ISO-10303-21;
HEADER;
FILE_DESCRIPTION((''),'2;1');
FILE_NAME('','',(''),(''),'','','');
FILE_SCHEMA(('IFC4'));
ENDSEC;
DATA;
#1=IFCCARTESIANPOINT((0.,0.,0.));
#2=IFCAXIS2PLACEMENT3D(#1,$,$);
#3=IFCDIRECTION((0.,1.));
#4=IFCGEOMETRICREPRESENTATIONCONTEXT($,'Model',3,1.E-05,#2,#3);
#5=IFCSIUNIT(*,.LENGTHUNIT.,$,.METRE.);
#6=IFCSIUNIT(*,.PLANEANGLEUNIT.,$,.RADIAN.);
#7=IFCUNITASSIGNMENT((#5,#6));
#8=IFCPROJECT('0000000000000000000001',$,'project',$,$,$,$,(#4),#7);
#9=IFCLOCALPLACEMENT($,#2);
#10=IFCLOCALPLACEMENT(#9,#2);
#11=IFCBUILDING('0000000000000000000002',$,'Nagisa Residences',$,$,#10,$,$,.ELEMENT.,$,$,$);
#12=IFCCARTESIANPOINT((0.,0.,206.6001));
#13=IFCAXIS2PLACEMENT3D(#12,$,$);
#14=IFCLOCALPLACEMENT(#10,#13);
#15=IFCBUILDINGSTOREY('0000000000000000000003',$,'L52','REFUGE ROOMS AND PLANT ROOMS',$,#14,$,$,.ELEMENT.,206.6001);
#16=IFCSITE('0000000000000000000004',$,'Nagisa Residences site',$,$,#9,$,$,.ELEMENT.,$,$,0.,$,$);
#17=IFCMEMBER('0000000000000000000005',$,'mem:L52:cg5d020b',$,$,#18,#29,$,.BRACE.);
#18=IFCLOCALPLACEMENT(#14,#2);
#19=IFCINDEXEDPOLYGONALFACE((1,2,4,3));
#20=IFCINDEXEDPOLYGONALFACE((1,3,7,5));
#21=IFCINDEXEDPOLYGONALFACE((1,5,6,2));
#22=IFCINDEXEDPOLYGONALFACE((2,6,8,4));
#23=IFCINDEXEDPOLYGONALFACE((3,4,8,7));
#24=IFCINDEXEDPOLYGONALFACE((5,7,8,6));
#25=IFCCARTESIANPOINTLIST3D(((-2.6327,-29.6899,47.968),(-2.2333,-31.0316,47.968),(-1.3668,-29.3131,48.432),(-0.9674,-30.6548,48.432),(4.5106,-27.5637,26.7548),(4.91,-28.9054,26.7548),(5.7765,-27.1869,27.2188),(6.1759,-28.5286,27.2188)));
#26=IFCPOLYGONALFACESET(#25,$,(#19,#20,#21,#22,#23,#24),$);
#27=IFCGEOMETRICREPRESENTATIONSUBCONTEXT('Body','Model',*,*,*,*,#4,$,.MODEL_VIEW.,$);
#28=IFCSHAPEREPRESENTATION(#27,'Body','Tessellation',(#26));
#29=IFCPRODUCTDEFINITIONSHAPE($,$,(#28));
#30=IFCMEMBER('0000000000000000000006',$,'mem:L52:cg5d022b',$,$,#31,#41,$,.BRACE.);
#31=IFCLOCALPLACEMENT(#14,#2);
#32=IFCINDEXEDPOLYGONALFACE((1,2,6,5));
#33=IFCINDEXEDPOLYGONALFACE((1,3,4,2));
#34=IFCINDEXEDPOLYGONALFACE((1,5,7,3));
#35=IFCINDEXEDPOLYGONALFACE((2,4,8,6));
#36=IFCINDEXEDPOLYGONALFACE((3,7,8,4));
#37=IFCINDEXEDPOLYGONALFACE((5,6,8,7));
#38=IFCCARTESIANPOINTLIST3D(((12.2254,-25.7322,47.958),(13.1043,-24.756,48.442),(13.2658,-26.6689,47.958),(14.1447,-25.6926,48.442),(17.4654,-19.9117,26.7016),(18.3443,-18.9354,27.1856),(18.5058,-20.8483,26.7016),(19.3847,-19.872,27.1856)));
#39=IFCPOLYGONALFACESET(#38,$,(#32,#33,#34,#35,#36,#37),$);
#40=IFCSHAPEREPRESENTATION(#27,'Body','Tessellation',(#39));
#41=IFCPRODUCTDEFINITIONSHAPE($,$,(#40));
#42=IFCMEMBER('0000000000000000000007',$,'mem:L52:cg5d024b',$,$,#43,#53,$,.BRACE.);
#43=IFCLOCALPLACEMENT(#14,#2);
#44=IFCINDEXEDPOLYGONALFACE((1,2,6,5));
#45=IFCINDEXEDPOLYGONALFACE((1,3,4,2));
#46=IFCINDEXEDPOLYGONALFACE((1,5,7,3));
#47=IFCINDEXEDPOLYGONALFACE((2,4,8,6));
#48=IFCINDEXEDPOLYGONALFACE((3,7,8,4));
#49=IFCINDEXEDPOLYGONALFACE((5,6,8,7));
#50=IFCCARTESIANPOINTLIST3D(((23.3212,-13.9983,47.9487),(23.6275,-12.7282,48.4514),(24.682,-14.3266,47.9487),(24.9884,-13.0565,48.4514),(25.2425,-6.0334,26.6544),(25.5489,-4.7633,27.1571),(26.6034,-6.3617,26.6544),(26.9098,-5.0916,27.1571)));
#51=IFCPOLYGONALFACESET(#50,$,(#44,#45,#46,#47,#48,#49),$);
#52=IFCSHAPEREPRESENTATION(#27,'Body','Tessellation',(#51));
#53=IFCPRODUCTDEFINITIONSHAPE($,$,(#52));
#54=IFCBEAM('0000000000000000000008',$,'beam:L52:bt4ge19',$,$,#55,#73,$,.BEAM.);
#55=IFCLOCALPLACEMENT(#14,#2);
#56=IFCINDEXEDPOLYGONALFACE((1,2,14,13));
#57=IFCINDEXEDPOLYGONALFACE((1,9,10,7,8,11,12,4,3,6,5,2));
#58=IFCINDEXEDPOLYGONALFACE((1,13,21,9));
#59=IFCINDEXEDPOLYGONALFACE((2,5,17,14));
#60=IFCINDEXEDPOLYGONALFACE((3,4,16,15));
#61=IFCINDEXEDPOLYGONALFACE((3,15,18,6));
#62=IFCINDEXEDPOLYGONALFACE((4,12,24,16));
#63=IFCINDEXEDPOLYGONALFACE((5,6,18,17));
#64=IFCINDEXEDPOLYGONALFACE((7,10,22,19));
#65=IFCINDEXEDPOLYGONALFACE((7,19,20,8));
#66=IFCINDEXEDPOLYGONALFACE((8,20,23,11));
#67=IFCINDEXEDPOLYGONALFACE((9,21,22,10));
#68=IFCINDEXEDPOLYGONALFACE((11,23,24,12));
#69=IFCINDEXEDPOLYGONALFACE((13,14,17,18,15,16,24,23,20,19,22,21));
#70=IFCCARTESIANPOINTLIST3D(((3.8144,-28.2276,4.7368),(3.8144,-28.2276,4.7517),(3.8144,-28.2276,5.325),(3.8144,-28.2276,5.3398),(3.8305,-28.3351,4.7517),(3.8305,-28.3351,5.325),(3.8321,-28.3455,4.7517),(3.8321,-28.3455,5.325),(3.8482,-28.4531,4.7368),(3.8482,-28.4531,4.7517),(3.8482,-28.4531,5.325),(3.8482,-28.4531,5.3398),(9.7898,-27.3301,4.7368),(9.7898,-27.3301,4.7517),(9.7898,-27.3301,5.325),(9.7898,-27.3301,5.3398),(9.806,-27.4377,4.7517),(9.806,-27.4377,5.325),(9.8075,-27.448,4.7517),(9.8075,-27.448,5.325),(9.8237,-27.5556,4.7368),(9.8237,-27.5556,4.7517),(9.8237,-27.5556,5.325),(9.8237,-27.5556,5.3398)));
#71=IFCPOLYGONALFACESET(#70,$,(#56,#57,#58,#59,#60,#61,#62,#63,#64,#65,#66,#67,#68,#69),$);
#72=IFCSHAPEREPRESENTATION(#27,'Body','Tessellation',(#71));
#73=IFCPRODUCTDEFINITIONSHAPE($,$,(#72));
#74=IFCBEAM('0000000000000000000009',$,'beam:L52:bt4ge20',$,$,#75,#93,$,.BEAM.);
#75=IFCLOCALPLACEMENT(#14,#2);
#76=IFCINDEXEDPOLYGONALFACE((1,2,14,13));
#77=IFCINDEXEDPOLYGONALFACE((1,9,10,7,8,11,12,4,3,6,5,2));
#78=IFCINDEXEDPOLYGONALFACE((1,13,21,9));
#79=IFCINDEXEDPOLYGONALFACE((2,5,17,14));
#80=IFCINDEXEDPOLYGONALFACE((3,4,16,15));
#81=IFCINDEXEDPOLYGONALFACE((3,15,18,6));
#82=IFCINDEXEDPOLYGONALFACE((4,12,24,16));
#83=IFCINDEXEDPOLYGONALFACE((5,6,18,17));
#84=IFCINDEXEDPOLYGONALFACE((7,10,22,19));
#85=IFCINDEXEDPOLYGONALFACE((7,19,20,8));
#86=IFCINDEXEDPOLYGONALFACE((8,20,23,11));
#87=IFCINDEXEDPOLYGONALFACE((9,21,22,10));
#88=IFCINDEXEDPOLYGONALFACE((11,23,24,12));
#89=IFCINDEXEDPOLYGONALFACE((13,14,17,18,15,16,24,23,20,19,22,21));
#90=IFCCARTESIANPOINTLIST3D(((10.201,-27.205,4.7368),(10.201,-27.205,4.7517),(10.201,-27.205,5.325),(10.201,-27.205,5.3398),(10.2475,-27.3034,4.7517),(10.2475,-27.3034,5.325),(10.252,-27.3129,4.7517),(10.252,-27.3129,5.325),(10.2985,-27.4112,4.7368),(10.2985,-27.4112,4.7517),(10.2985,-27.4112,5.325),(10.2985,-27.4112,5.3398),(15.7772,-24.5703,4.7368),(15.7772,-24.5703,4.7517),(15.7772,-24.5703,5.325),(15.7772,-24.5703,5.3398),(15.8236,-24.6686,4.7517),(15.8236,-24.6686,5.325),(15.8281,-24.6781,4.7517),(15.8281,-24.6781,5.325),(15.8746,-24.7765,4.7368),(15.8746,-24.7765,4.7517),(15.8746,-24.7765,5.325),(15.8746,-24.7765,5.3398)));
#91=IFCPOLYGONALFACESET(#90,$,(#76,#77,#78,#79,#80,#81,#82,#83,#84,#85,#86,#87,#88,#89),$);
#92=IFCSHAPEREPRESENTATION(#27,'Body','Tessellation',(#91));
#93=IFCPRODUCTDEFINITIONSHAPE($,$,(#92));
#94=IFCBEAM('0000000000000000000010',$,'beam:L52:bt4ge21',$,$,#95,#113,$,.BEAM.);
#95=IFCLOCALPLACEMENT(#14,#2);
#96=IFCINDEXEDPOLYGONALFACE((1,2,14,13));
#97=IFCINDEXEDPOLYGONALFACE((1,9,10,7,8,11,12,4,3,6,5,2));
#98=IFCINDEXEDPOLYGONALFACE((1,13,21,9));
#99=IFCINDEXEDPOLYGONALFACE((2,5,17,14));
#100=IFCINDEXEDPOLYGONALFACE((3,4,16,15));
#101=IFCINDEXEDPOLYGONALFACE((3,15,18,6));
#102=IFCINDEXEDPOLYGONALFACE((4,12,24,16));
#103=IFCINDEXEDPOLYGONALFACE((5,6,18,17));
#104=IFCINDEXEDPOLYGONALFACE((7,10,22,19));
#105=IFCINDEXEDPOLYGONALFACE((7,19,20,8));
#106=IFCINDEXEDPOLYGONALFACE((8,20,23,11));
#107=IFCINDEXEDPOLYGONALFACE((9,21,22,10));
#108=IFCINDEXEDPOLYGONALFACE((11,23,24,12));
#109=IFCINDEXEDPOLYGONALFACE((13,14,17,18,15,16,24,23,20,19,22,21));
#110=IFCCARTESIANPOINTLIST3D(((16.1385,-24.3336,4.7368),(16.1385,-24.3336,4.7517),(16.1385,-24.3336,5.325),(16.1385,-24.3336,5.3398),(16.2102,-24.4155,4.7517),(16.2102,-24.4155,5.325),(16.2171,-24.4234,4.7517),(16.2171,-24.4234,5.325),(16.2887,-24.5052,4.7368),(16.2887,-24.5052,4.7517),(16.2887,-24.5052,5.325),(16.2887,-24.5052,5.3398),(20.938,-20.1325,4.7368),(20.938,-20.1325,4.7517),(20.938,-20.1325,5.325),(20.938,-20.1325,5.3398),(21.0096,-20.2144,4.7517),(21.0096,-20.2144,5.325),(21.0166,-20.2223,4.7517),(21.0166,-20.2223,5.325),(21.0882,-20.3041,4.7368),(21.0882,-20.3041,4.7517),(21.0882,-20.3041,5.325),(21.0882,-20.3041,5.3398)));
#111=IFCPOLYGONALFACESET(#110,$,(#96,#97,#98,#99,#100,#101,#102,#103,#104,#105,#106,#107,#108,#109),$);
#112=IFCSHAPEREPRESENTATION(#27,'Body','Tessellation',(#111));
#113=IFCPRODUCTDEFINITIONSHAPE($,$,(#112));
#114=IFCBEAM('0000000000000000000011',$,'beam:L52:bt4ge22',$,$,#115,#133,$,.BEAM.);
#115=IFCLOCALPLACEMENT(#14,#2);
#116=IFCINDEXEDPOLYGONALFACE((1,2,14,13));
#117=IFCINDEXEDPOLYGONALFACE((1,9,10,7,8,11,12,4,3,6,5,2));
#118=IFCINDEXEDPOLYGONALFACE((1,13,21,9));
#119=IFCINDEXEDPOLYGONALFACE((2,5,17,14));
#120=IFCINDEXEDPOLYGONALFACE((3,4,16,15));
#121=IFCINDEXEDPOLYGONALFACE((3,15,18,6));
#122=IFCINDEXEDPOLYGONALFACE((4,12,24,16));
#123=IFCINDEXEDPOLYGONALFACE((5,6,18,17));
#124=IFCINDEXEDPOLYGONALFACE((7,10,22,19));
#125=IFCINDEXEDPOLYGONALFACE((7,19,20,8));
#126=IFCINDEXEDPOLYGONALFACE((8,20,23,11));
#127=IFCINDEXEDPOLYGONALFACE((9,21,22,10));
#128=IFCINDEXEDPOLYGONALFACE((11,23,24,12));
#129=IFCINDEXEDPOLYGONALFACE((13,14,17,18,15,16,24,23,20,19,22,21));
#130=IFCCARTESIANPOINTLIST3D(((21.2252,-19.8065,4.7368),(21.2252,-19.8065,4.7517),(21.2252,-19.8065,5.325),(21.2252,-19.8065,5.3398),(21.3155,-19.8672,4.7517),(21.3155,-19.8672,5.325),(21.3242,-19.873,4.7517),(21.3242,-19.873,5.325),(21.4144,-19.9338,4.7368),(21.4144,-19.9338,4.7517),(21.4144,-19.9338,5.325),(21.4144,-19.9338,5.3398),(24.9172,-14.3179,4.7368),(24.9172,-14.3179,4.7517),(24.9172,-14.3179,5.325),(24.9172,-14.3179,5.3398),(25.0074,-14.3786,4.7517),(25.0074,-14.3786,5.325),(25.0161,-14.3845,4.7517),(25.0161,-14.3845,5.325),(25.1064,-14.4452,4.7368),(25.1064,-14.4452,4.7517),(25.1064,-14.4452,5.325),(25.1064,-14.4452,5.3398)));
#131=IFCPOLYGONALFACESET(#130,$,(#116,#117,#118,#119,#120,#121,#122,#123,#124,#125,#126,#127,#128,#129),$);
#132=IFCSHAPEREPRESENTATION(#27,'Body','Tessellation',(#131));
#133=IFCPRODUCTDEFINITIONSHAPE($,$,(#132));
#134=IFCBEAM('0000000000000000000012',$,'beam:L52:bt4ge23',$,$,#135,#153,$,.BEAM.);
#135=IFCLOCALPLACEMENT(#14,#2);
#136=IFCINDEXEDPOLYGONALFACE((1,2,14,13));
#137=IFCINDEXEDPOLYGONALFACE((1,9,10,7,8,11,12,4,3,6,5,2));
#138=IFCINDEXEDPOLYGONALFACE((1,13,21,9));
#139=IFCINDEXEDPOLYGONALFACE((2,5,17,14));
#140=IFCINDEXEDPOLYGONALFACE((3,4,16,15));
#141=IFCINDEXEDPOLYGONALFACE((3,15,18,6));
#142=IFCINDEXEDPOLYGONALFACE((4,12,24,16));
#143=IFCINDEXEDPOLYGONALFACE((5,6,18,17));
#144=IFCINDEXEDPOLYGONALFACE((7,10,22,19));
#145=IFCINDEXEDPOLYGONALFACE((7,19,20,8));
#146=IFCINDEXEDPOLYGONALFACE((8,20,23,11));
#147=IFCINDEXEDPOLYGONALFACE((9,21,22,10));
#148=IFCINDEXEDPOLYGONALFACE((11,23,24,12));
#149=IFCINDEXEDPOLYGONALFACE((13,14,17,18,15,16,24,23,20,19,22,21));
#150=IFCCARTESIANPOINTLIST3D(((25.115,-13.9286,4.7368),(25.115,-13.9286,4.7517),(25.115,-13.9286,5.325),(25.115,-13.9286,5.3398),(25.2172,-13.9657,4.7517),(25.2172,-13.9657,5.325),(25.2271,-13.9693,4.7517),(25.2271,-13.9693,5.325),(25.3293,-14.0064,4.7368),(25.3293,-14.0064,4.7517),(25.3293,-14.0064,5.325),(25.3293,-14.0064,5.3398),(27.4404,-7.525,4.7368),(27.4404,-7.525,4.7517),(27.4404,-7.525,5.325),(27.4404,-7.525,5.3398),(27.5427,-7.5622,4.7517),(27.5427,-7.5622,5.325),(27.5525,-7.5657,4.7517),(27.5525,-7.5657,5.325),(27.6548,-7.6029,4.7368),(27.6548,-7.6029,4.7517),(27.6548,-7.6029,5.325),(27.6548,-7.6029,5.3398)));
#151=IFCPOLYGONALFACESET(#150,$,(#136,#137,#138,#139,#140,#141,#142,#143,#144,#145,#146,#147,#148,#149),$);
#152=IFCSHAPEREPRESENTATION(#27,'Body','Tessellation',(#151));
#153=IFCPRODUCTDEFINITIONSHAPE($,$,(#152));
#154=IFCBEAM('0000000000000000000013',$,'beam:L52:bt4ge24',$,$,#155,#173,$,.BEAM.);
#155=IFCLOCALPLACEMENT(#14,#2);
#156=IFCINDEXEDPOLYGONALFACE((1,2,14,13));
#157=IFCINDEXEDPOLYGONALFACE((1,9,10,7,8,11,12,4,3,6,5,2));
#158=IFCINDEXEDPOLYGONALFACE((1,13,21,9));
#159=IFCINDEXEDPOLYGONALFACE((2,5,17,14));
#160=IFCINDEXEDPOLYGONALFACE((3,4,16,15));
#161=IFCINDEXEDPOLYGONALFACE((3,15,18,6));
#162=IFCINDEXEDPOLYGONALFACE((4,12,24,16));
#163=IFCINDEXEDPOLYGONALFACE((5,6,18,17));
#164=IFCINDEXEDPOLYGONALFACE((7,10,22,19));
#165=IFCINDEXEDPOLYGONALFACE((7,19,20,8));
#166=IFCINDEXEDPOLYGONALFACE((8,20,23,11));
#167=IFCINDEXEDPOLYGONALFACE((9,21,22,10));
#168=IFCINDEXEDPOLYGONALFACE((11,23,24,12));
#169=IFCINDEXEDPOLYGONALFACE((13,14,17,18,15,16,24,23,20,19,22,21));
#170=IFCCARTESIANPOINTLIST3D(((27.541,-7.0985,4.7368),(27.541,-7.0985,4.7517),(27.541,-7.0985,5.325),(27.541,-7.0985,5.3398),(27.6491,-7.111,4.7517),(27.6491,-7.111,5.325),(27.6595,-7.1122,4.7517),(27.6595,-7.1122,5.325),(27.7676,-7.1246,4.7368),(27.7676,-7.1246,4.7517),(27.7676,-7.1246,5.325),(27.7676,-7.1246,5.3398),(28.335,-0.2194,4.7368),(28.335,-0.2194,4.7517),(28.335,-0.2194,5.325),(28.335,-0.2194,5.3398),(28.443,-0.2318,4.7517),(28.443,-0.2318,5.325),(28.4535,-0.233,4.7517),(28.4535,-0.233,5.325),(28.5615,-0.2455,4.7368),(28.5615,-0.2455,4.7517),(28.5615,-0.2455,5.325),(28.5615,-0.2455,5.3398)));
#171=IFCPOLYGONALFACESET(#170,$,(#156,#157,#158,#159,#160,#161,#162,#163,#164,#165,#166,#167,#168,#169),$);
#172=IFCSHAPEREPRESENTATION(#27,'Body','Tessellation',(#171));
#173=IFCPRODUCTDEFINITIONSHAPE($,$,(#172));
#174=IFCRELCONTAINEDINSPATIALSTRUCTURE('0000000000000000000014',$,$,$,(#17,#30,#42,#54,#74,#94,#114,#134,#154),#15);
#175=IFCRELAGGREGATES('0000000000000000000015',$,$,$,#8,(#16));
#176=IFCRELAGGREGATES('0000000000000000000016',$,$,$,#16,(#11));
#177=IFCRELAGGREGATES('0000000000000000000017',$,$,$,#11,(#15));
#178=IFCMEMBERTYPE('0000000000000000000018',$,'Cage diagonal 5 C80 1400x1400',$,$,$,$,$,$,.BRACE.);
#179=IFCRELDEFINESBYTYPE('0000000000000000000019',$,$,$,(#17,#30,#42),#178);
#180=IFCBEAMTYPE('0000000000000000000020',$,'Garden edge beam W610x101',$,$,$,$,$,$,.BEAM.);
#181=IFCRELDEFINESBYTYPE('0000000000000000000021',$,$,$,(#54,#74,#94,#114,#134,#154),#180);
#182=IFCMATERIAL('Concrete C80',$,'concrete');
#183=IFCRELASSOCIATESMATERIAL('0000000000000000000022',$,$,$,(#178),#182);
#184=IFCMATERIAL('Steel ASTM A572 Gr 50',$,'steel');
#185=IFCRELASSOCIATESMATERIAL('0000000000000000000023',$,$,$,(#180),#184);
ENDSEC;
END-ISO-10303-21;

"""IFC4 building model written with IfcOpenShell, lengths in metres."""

from ifc_helpers import new_model, si_unit, direction, frame, origin, origin_2d, place, context, subcontext, project, spatial, rectangle, i_section, extrude, material, material_profile, profile_set, type_object, element, save


model = new_model("IFC4")

# Units and contexts
model_context = context("Model", 3, precision=1e-05, world=origin(), true_north=direction((0.0, 1.0)))
body_context = subcontext(model_context, "Body", "Model", "MODEL_VIEW")
ifc_project = project(units=[si_unit("LENGTHUNIT", "METRE"), si_unit("PLANEANGLEUNIT", "RADIAN")], contexts=[model_context])

# Site, building, storey
site_placement = place(None, origin())
site = spatial("IfcSite", under=ifc_project, at=site_placement, Name="Nagisa Residences site", CompositionType="ELEMENT", RefElevation=0.0)
building_placement = place(site_placement, origin())
building = spatial("IfcBuilding", under=site, at=building_placement, Name="Nagisa Residences", CompositionType="ELEMENT")
storey_placement = place(building_placement, frame((0.0, 0.0, 206.6001)))
storey = spatial("IfcBuildingStorey", under=building, at=storey_placement, Name="L52", Description="REFUGE ROOMS AND PLANT ROOMS", CompositionType="ELEMENT", Elevation=206.6001)

# Members
ifc_material_1 = material(Name="Concrete C80", Category="concrete")
ifc_material_profile_1 = material_profile(ifc_material_1, rectangle(XDim=1.3999, YDim=1.3999, at=origin_2d()), Name="C80 1400x1400")
ifc_profile_set_1 = profile_set([ifc_material_profile_1], Name="Concrete C80")
member_type = type_object("IfcMemberType", Name="Cage diagonal 5 C80 1400x1400", PredefinedType="BRACE", material=ifc_profile_set_1)
member_1_placement = place(storey_placement, frame((5.3433, -28.0461, 26.9868), z_axis=(-0.317702, -0.094565, 0.943463), x_axis=(0.285283, -0.958443, 0.0)))
element("IfcMember", 1, at=member_1_placement, inside=storey, type_object=member_type, Name="mem:L52:cg5d020b", PredefinedType="BRACE", context=body_context, shape_type="SweptSolid", body=[
    extrude(rectangle(XDim=1.3999, YDim=1.3999, at=origin_2d()), origin(), (0.0, 0.0, 1.0), 22.4844),
])
member_2_placement = place(storey_placement, frame((18.425, -19.8918, 26.9436), z_axis=(-0.231313, -0.256942, 0.938336), x_axis=(0.7432, -0.66907, 0.0)))
element("IfcMember", 2, at=member_2_placement, inside=storey, type_object=member_type, Name="mem:L52:cg5d022b", PredefinedType="BRACE", context=body_context, shape_type="SweptSolid", body=[
    extrude(rectangle(XDim=1.3999, YDim=1.3999, at=origin_2d()), origin(), (0.0, 0.0, 1.0), 22.6533),
])
member_3_placement = place(storey_placement, frame((26.0762, -5.5625, 26.9058), z_axis=(-0.084212, -0.349089, 0.933298), x_axis=(0.972115, -0.234507, 0.0)))
element("IfcMember", 3, at=member_3_placement, inside=storey, type_object=member_type, Name="mem:L52:cg5d024b", PredefinedType="BRACE", context=body_context, shape_type="SweptSolid", body=[
    extrude(rectangle(XDim=1.3999, YDim=1.3999, at=origin_2d()), origin(), (0.0, 0.0, 1.0), 22.8162),
])

# Beams
ifc_material_2 = material(Name="Steel ASTM A572 Gr 50", Category="steel")
ifc_material_profile_2 = material_profile(ifc_material_2, i_section(OverallWidth=0.228, OverallDepth=0.603, WebThickness=0.0105, FlangeThickness=0.0149, at=origin_2d()), Name="W610x101")
ifc_profile_set_2 = profile_set([ifc_material_profile_2], Name="Steel ASTM A572 Gr 50")
beam_type_1 = type_object("IfcBeamType", Name="Garden edge beam W610x101", PredefinedType="BEAM", material=ifc_profile_set_2)
beam_1_placement = place(storey_placement, frame((3.8313, -28.3403, 5.0383), z_axis=(0.988908, 0.148528, 0.0), x_axis=(-0.148528, 0.988908, 0.0)))
element("IfcBeam", 4, at=beam_1_placement, inside=storey, type_object=beam_type_1, Name="beam:L52:bt4ge19", PredefinedType="BEAM", context=body_context, shape_type="SweptSolid", body=[
    extrude(i_section(OverallWidth=0.228, OverallDepth=0.603, WebThickness=0.0105, FlangeThickness=0.0149, at=origin_2d()), origin(), (0.0, 0.0, 1.0), 6.0425),
])
beam_2_placement = place(storey_placement, frame((10.2498, -27.3081, 5.0383), z_axis=(0.90415, 0.427215, 0.0), x_axis=(-0.427215, 0.90415, 0.0)))
element("IfcBeam", 5, at=beam_2_placement, inside=storey, type_object=beam_type_1, Name="beam:L52:bt4ge20", PredefinedType="BEAM", context=body_context, shape_type="SweptSolid", body=[
    extrude(i_section(OverallWidth=0.228, OverallDepth=0.603, WebThickness=0.0105, FlangeThickness=0.0149, at=origin_2d()), origin(), (0.0, 0.0, 1.0), 6.1672),
])
beam_3_placement = place(storey_placement, frame((16.2136, -24.4194, 5.0383), z_axis=(0.752456, 0.658643, 0.0), x_axis=(-0.658643, 0.752456, 0.0)))
element("IfcBeam", 6, at=beam_3_placement, inside=storey, type_object=beam_type_1, Name="beam:L52:bt4ge21", PredefinedType="BEAM", context=body_context, shape_type="SweptSolid", body=[
    extrude(i_section(OverallWidth=0.228, OverallDepth=0.603, WebThickness=0.0105, FlangeThickness=0.0149, at=origin_2d()), origin(), (0.0, 0.0, 1.0), 6.3784),
])
beam_4_placement = place(storey_placement, frame((21.3198, -19.8701, 5.0383), z_axis=(0.558136, 0.829749, 0.0), x_axis=(-0.829749, 0.558136, 0.0)))
element("IfcBeam", 7, at=beam_4_placement, inside=storey, type_object=beam_type_1, Name="beam:L52:bt4ge22", PredefinedType="BEAM", context=body_context, shape_type="SweptSolid", body=[
    extrude(i_section(OverallWidth=0.228, OverallDepth=0.603, WebThickness=0.0105, FlangeThickness=0.0149, at=origin_2d()), origin(), (0.0, 0.0, 1.0), 6.6147),
])
beam_5_placement = place(storey_placement, frame((25.2222, -13.9675, 5.0383), z_axis=(0.341337, 0.939941, 0.0), x_axis=(-0.939941, 0.341337, 0.0)))
element("IfcBeam", 8, at=beam_5_placement, inside=storey, type_object=beam_type_1, Name="beam:L52:bt4ge23", PredefinedType="BEAM", context=body_context, shape_type="SweptSolid", body=[
    extrude(i_section(OverallWidth=0.228, OverallDepth=0.603, WebThickness=0.0105, FlangeThickness=0.0149, at=origin_2d()), origin(), (0.0, 0.0, 1.0), 6.8127),
])
beam_6_placement = place(storey_placement, frame((27.6543, -7.1116, 5.0383), z_axis=(0.114652, 0.993406, 0.0), x_axis=(-0.993406, 0.114652, 0.0)))
element("IfcBeam", 9, at=beam_6_placement, inside=storey, type_object=beam_type_1, Name="beam:L52:bt4ge24", PredefinedType="BEAM", context=body_context, shape_type="SweptSolid", body=[
    extrude(i_section(OverallWidth=0.228, OverallDepth=0.603, WebThickness=0.0105, FlangeThickness=0.0149, at=origin_2d()), origin(), (0.0, 0.0, 1.0), 6.9248),
])

save(model, "model.ifc")
